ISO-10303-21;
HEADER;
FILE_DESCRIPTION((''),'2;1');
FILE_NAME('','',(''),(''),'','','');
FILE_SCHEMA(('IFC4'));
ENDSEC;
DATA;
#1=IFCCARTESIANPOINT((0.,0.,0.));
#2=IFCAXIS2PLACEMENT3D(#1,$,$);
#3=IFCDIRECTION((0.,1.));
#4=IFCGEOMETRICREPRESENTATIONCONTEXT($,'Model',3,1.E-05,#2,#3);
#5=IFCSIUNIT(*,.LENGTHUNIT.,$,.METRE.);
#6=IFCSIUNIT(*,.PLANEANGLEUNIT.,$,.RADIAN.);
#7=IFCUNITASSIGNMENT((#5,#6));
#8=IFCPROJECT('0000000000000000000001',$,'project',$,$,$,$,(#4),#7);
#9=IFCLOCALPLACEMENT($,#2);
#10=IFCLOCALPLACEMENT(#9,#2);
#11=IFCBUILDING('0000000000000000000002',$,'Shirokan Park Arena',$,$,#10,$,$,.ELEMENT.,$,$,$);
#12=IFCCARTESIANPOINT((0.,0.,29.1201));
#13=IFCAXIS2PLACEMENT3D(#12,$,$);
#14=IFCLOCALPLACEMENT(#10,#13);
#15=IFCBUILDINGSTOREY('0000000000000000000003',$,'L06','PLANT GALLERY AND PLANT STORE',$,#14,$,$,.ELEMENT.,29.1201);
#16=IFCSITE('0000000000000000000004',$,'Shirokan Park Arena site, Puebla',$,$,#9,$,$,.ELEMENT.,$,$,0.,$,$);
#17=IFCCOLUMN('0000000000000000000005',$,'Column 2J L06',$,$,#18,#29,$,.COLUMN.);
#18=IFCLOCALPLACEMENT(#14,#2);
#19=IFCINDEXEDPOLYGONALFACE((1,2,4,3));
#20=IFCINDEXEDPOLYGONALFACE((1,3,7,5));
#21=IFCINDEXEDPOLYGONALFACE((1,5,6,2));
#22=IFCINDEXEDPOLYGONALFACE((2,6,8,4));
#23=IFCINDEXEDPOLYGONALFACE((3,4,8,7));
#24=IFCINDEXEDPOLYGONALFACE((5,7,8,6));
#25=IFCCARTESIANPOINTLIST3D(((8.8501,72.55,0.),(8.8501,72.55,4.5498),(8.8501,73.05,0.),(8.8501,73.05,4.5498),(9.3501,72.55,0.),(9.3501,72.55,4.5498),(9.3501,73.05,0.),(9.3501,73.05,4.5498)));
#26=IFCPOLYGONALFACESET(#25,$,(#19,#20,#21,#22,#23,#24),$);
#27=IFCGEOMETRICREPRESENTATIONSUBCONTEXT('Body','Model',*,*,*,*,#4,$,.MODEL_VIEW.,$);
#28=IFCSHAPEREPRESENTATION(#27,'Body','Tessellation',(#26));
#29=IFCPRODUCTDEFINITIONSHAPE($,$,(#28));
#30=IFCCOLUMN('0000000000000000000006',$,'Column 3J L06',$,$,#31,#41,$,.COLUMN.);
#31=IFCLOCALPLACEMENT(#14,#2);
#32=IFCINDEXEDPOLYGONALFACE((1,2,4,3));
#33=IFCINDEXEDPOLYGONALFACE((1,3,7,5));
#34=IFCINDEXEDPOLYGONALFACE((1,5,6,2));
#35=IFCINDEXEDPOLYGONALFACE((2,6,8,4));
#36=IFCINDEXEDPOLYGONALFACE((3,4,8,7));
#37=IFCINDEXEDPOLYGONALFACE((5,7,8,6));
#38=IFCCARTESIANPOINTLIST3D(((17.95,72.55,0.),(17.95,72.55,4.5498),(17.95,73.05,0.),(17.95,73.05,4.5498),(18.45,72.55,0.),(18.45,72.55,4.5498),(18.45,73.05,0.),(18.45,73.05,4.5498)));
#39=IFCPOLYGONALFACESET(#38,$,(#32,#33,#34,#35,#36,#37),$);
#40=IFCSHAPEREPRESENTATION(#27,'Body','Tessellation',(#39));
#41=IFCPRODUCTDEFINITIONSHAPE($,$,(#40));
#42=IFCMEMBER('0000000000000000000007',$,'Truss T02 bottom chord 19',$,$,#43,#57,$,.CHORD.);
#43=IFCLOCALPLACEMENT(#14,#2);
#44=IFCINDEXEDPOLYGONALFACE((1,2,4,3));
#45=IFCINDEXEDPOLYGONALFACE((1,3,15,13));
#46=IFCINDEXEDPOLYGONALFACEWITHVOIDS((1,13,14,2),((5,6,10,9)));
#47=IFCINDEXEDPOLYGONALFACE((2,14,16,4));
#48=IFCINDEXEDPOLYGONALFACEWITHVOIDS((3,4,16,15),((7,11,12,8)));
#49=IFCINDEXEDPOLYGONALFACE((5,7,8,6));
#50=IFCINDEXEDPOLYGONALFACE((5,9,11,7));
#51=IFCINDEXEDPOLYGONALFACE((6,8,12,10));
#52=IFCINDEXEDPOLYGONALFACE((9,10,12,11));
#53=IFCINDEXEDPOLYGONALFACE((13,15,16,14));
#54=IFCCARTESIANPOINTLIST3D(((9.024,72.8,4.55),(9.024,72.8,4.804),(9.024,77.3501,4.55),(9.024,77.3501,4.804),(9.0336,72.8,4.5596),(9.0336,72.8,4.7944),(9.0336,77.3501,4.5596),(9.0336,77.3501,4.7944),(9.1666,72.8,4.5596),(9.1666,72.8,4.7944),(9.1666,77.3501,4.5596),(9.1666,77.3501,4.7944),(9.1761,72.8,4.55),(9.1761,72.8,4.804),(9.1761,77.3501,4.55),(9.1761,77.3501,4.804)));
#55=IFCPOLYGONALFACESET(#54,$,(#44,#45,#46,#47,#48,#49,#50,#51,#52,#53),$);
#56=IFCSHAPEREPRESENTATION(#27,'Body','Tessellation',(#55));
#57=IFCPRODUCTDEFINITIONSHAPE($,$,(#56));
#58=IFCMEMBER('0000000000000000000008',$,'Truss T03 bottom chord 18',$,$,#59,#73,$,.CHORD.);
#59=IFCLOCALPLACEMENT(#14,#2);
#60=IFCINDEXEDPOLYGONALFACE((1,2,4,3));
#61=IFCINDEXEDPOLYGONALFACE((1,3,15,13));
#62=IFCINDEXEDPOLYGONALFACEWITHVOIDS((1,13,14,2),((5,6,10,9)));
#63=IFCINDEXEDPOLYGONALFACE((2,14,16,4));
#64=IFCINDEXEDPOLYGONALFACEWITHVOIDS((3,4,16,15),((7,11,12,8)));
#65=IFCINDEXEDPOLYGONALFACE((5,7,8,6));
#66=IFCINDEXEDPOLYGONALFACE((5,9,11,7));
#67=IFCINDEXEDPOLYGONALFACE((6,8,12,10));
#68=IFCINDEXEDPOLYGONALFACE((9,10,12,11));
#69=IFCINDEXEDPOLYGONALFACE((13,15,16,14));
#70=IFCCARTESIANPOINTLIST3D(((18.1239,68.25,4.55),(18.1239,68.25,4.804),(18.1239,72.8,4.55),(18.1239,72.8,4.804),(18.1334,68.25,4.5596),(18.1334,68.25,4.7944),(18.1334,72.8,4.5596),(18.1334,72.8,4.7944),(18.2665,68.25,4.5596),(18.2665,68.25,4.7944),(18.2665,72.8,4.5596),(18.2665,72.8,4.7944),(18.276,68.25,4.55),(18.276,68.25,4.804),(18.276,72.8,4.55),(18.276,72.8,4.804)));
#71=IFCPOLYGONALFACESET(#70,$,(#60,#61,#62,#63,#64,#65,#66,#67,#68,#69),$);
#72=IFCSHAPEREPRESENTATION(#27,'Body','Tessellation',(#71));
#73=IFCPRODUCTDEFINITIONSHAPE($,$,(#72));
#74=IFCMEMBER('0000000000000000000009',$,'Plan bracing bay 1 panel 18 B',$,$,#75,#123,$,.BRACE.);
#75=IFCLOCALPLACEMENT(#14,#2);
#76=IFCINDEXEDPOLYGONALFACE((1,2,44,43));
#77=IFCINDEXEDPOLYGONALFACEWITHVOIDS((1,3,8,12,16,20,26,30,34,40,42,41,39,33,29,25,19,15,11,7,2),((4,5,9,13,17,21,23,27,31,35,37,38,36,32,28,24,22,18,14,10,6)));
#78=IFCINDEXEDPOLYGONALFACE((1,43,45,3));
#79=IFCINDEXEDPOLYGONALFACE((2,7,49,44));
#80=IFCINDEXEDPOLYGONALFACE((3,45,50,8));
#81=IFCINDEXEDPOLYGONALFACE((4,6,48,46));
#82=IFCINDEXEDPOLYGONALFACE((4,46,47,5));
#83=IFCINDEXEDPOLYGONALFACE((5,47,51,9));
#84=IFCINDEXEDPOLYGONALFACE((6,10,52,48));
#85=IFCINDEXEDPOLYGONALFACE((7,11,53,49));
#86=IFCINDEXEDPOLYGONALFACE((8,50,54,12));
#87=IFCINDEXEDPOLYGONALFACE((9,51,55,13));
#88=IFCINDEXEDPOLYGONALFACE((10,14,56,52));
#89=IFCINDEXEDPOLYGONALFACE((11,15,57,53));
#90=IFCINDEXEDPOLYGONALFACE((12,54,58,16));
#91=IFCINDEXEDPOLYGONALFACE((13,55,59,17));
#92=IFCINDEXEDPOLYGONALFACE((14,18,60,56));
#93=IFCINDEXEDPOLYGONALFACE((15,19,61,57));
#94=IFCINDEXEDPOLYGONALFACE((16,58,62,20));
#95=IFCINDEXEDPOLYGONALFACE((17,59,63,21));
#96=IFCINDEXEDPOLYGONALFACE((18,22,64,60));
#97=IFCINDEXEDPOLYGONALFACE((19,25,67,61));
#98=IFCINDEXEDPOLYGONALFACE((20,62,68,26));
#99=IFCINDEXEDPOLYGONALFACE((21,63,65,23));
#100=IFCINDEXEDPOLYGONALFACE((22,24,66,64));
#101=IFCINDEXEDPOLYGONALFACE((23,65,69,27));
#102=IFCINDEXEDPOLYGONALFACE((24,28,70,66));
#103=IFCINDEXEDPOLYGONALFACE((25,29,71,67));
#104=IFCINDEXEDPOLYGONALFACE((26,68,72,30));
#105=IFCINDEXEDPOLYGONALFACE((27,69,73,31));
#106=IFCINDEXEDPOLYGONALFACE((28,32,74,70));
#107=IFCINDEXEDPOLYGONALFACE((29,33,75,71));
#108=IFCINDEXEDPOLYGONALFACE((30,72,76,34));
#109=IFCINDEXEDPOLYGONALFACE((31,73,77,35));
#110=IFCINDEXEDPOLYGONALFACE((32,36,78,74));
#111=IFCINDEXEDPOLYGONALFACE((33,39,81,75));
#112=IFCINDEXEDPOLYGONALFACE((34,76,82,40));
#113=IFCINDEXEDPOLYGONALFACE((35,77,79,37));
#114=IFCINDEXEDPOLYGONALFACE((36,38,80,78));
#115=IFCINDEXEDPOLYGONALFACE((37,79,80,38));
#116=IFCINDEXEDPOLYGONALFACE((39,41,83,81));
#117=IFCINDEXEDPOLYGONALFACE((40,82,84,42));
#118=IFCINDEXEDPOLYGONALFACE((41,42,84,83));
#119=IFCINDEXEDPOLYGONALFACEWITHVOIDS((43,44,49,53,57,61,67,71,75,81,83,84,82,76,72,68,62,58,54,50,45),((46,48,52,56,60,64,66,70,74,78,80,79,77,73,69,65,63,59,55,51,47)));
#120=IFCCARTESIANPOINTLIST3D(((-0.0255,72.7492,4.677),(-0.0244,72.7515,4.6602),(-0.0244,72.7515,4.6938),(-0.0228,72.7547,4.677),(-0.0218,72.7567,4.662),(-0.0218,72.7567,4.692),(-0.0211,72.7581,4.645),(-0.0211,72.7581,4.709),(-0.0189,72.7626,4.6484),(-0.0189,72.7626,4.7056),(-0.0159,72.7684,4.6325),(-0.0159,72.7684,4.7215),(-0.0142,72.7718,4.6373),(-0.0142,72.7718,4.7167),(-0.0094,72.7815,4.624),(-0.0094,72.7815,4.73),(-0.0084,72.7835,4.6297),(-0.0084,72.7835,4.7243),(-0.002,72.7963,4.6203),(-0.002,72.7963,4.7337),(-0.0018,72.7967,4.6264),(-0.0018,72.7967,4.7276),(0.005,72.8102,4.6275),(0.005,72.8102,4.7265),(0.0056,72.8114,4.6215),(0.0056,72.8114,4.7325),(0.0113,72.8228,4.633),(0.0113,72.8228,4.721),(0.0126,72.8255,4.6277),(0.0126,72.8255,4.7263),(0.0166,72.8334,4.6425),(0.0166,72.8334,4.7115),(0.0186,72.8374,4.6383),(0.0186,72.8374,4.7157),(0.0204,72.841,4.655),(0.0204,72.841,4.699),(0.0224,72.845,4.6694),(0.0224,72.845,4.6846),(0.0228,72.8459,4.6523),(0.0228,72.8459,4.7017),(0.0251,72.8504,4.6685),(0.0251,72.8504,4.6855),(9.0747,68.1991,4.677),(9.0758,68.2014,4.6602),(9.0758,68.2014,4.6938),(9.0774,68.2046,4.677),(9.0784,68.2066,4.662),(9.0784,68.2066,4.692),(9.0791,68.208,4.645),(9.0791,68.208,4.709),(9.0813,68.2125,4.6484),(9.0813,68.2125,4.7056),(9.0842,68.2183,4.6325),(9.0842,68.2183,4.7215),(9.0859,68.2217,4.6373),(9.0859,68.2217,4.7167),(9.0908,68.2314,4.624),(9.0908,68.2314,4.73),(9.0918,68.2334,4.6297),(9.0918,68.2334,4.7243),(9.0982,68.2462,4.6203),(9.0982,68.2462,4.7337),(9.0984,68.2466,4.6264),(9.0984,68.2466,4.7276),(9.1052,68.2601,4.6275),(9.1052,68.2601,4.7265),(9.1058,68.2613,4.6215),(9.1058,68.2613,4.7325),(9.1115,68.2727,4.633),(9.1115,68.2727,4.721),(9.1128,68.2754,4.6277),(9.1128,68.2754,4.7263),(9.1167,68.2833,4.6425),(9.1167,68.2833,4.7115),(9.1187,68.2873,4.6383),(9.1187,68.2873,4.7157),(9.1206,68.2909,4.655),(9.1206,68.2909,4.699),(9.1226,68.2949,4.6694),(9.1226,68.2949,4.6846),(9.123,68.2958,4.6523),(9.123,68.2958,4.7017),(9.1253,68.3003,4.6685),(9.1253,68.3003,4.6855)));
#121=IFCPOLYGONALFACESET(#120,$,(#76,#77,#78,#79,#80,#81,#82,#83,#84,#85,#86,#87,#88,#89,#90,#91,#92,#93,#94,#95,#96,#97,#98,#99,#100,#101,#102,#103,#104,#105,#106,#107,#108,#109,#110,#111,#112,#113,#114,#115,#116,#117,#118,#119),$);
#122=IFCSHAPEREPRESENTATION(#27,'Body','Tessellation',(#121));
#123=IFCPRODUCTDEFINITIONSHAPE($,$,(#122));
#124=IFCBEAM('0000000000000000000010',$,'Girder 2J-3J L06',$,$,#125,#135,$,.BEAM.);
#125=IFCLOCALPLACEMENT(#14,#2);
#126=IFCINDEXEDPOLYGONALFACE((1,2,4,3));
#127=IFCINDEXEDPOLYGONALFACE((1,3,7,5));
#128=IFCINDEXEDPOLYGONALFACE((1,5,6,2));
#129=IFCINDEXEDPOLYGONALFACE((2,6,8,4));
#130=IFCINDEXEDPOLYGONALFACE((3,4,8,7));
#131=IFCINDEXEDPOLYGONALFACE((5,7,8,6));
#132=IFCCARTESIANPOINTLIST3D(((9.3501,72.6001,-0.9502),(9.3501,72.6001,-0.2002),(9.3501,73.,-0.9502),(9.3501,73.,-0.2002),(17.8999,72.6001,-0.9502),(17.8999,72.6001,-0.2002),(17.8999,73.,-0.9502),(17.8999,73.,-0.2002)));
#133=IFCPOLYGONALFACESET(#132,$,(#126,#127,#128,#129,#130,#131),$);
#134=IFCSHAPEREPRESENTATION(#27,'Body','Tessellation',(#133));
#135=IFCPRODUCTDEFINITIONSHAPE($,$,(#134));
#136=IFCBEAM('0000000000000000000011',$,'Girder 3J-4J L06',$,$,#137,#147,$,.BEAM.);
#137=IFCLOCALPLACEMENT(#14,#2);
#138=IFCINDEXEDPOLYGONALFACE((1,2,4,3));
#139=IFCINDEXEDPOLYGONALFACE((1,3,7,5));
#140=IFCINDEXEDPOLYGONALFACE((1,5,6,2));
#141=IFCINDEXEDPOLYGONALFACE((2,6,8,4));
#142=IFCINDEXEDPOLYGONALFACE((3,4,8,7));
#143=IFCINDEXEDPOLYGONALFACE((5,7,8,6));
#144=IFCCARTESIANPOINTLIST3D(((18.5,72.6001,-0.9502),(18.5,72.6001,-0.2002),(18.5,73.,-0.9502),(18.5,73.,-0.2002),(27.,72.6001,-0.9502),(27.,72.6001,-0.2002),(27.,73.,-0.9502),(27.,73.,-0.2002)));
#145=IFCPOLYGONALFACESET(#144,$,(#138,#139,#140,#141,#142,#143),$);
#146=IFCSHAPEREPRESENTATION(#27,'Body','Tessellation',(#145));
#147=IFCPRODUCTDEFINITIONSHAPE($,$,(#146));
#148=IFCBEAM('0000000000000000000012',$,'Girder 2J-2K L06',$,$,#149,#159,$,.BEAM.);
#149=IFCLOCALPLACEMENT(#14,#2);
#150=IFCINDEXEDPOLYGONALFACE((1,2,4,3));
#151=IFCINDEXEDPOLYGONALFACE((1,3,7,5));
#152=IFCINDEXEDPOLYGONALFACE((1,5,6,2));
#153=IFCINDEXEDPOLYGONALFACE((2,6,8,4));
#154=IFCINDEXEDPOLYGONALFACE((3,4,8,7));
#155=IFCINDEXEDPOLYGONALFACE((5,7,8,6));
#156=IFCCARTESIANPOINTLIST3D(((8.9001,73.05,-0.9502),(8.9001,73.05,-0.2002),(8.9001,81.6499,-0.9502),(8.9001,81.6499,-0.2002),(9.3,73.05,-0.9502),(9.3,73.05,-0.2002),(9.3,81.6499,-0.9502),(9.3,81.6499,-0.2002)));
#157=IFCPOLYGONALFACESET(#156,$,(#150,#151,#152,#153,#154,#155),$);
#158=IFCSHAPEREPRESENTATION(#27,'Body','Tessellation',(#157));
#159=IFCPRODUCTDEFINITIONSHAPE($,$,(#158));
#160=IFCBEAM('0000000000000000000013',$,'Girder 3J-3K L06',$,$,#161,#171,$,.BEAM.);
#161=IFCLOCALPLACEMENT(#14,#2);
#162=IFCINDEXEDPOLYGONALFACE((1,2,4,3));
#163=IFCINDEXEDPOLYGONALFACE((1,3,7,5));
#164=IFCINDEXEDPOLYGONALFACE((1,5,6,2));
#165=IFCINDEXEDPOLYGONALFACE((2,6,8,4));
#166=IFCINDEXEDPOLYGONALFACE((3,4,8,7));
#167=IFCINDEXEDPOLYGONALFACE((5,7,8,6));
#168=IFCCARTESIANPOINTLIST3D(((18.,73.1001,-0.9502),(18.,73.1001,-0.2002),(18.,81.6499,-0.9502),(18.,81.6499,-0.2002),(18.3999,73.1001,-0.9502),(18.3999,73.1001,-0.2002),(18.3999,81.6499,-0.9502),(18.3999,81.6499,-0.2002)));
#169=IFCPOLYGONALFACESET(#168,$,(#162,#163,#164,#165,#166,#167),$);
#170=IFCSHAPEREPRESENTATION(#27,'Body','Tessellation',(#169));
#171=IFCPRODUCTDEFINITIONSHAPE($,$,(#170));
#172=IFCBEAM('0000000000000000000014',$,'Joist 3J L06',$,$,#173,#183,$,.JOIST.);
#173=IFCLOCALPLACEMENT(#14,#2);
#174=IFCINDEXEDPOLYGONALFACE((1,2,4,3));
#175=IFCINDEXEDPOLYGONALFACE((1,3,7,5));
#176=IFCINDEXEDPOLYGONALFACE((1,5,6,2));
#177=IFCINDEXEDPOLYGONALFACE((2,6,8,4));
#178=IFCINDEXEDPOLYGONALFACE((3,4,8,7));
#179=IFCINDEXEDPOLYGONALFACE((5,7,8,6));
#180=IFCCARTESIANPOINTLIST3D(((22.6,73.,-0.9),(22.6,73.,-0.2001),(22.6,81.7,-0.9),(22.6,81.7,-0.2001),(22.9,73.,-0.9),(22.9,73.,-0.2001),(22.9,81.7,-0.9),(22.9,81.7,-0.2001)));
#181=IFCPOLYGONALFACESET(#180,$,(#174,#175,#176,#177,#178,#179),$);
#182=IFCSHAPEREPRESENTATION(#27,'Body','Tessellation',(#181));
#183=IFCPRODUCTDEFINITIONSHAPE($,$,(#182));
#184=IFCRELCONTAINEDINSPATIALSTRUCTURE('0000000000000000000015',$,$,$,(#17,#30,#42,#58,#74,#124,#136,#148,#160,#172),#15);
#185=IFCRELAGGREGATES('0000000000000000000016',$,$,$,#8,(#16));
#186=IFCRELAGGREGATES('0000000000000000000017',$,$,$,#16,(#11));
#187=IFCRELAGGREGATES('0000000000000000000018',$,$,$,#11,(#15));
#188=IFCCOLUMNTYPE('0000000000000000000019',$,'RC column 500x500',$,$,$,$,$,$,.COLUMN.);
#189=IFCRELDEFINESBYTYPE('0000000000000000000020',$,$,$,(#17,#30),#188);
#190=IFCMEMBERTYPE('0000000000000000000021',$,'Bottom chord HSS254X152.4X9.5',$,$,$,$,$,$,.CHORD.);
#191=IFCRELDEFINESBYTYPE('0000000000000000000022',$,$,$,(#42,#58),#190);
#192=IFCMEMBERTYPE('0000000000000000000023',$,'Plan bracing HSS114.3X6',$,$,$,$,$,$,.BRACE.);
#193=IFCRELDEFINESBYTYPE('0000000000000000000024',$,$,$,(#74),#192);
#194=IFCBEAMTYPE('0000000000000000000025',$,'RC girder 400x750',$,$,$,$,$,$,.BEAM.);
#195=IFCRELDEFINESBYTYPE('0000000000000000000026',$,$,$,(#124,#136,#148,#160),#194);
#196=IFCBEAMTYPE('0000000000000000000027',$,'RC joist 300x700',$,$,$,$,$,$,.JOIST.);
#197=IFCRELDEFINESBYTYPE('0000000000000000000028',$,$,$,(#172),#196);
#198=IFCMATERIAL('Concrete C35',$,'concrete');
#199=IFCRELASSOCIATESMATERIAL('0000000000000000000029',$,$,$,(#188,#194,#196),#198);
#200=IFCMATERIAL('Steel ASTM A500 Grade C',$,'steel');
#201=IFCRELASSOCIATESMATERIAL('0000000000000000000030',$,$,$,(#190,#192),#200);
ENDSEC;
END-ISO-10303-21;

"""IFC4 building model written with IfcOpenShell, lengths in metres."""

from ifc_helpers import new_model, si_unit, direction, frame, origin, origin_2d, place, context, subcontext, project, spatial, rectangle, hollow_rectangle, hollow_circle, extrude, material, material_profile, profile_set, type_object, element, save


model = new_model("IFC4")

# Units and contexts
model_context = context("Model", 3, precision=1e-05, world=origin(), true_north=direction((0.0, 1.0)))
body_context = subcontext(model_context, "Body", "Model", "MODEL_VIEW")
ifc_project = project(units=[si_unit("LENGTHUNIT", "METRE"), si_unit("PLANEANGLEUNIT", "RADIAN")], contexts=[model_context])

# Site, building, storey
site_placement = place(None, origin())
site = spatial("IfcSite", under=ifc_project, at=site_placement, Name="Shirokan Park Arena site, Puebla", CompositionType="ELEMENT", RefElevation=0.0)
building_placement = place(site_placement, origin())
building = spatial("IfcBuilding", under=site, at=building_placement, Name="Shirokan Park Arena", CompositionType="ELEMENT")
storey_placement = place(building_placement, frame((0.0, 0.0, 29.1201)))
storey = spatial("IfcBuildingStorey", under=building, at=storey_placement, Name="L06", Description="PLANT GALLERY AND PLANT STORE", CompositionType="ELEMENT", Elevation=29.1201)

# Columns
ifc_material_1 = material(Name="Concrete C35", Category="concrete")
ifc_material_profile_1 = material_profile(ifc_material_1, rectangle(XDim=0.5, YDim=0.5, at=origin_2d()), Name="500x500")
ifc_profile_set_1 = profile_set([ifc_material_profile_1], Name="Concrete C35")
column_type = type_object("IfcColumnType", Name="RC column 500x500", PredefinedType="COLUMN", material=ifc_profile_set_1)
for number, where, z_axis, x_axis, name in (
    (1, (9.1001, 72.8, 0.0), (0.0, 0.0, 1.0), (1.0, 0.0, 0.0), "Column 2J L06"),
    (2, (18.2, 72.8, 0.0), (0.0, 0.0, 1.0), (1.0, 0.0, 0.0), "Column 3J L06"),
):
    element("IfcColumn", number, at=place(storey_placement, frame(where, z_axis=z_axis, x_axis=x_axis)), inside=storey, type_object=column_type, Name=name, PredefinedType="COLUMN", context=body_context, shape_type="SweptSolid", body=[
        extrude(rectangle(XDim=0.5, YDim=0.5, at=origin_2d()), origin(), (0.0, 0.0, 1.0), 4.5498),
    ])

# Members
ifc_material_2 = material(Name="Steel ASTM A500 Grade C", Category="steel")
ifc_material_profile_2 = material_profile(ifc_material_2, hollow_rectangle(XDim=0.1521, YDim=0.2539, WallThickness=0.0095, at=origin_2d()), Name="HSS254X152.4X9.5")
ifc_profile_set_2 = profile_set([ifc_material_profile_2], Name="Steel ASTM A500 Grade C")
member_type_1 = type_object("IfcMemberType", Name="Bottom chord HSS254X152.4X9.5", PredefinedType="CHORD", material=ifc_profile_set_2)
for number, where, z_axis, x_axis, name in (
    (3, (9.1001, 72.8, 4.677), (0.0, 1.0, 0.0), (-1.0, 0.0, 0.0), "Truss T02 bottom chord 19"),
    (4, (18.2, 68.25, 4.677), (0.0, 1.0, 0.0), (-1.0, 0.0, 0.0), "Truss T03 bottom chord 18"),
):
    element("IfcMember", number, at=place(storey_placement, frame(where, z_axis=z_axis, x_axis=x_axis)), inside=storey, type_object=member_type_1, Name=name, PredefinedType="CHORD", context=body_context, shape_type="SweptSolid", body=[
        extrude(hollow_rectangle(XDim=0.1521, YDim=0.2539, WallThickness=0.0095, at=origin_2d()), origin(), (0.0, 0.0, 1.0), 4.55),
    ])
ifc_material_profile_3 = material_profile(ifc_material_2, hollow_circle(Radius=0.0569, WallThickness=0.0061, at=origin_2d()), Name="HSS114.3X6")
ifc_profile_set_3 = profile_set([ifc_material_profile_3], Name="Steel ASTM A500 Grade C")
member_type_2 = type_object("IfcMemberType", Name="Plan bracing HSS114.3X6", PredefinedType="BRACE", material=ifc_profile_set_3)
member_1_placement = place(storey_placement, frame((9.1001, 68.25, 4.677), z_axis=(-0.894427, 0.447214, 0.0), x_axis=(-0.447214, -0.894427, 0.0)))
element("IfcMember", 5, at=member_1_placement, inside=storey, type_object=member_type_2, Name="Plan bracing bay 1 panel 18 B", PredefinedType="BRACE", context=body_context, shape_type="SweptSolid", body=[
    extrude(hollow_circle(Radius=0.0569, WallThickness=0.0061, at=origin_2d()), origin(), (0.0, 0.0, 1.0), 10.1743),
])

# Beams
ifc_material_profile_4 = material_profile(ifc_material_1, rectangle(XDim=0.3999, YDim=0.75, at=origin_2d()), Name="400x750")
ifc_profile_set_4 = profile_set([ifc_material_profile_4], Name="Concrete C35")
beam_type_1 = type_object("IfcBeamType", Name="RC girder 400x750", PredefinedType="BEAM", material=ifc_profile_set_4)
beam_1_placement = place(storey_placement, frame((9.3501, 72.8, -0.5752), z_axis=(1.0, 0.0, 0.0), x_axis=(0.0, 1.0, 0.0)))
element("IfcBeam", 6, at=beam_1_placement, inside=storey, type_object=beam_type_1, Name="Girder 2J-3J L06", PredefinedType="BEAM", context=body_context, shape_type="SweptSolid", body=[
    extrude(rectangle(XDim=0.3999, YDim=0.75, at=origin_2d()), origin(), (0.0, 0.0, 1.0), 8.5498),
])
beam_2_placement = place(storey_placement, frame((18.5, 72.8, -0.5752), z_axis=(1.0, 0.0, 0.0), x_axis=(0.0, 1.0, 0.0)))
element("IfcBeam", 7, at=beam_2_placement, inside=storey, type_object=beam_type_1, Name="Girder 3J-4J L06", PredefinedType="BEAM", context=body_context, shape_type="SweptSolid", body=[
    extrude(rectangle(XDim=0.3999, YDim=0.75, at=origin_2d()), origin(), (0.0, 0.0, 1.0), 8.5),
])
beam_3_placement = place(storey_placement, frame((9.1001, 73.05, -0.5752), z_axis=(0.0, 1.0, 0.0), x_axis=(-1.0, 0.0, 0.0)))
element("IfcBeam", 8, at=beam_3_placement, inside=storey, type_object=beam_type_1, Name="Girder 2J-2K L06", PredefinedType="BEAM", context=body_context, shape_type="SweptSolid", body=[
    extrude(rectangle(XDim=0.3999, YDim=0.75, at=origin_2d()), origin(), (0.0, 0.0, 1.0), 8.5999),
])
beam_4_placement = place(storey_placement, frame((18.2, 73.1001, -0.5752), z_axis=(0.0, 1.0, 0.0), x_axis=(-1.0, 0.0, 0.0)))
element("IfcBeam", 9, at=beam_4_placement, inside=storey, type_object=beam_type_1, Name="Girder 3J-3K L06", PredefinedType="BEAM", context=body_context, shape_type="SweptSolid", body=[
    extrude(rectangle(XDim=0.3999, YDim=0.75, at=origin_2d()), origin(), (0.0, 0.0, 1.0), 8.5498),
])
ifc_material_profile_5 = material_profile(ifc_material_1, rectangle(XDim=0.3, YDim=0.7, at=origin_2d()), Name="300x700")
ifc_profile_set_5 = profile_set([ifc_material_profile_5], Name="Concrete C35")
beam_type_2 = type_object("IfcBeamType", Name="RC joist 300x700", PredefinedType="JOIST", material=ifc_profile_set_5)
beam_5_placement = place(storey_placement, frame((22.75, 73.0, -0.55), z_axis=(0.0, 1.0, 0.0), x_axis=(-1.0, 0.0, 0.0)))
element("IfcBeam", 10, at=beam_5_placement, inside=storey, type_object=beam_type_2, Name="Joist 3J L06", PredefinedType="JOIST", context=body_context, shape_type="SweptSolid", body=[
    extrude(rectangle(XDim=0.3, YDim=0.7, at=origin_2d()), origin(), (0.0, 0.0, 1.0), 8.7),
])

save(model, "model.ifc")
